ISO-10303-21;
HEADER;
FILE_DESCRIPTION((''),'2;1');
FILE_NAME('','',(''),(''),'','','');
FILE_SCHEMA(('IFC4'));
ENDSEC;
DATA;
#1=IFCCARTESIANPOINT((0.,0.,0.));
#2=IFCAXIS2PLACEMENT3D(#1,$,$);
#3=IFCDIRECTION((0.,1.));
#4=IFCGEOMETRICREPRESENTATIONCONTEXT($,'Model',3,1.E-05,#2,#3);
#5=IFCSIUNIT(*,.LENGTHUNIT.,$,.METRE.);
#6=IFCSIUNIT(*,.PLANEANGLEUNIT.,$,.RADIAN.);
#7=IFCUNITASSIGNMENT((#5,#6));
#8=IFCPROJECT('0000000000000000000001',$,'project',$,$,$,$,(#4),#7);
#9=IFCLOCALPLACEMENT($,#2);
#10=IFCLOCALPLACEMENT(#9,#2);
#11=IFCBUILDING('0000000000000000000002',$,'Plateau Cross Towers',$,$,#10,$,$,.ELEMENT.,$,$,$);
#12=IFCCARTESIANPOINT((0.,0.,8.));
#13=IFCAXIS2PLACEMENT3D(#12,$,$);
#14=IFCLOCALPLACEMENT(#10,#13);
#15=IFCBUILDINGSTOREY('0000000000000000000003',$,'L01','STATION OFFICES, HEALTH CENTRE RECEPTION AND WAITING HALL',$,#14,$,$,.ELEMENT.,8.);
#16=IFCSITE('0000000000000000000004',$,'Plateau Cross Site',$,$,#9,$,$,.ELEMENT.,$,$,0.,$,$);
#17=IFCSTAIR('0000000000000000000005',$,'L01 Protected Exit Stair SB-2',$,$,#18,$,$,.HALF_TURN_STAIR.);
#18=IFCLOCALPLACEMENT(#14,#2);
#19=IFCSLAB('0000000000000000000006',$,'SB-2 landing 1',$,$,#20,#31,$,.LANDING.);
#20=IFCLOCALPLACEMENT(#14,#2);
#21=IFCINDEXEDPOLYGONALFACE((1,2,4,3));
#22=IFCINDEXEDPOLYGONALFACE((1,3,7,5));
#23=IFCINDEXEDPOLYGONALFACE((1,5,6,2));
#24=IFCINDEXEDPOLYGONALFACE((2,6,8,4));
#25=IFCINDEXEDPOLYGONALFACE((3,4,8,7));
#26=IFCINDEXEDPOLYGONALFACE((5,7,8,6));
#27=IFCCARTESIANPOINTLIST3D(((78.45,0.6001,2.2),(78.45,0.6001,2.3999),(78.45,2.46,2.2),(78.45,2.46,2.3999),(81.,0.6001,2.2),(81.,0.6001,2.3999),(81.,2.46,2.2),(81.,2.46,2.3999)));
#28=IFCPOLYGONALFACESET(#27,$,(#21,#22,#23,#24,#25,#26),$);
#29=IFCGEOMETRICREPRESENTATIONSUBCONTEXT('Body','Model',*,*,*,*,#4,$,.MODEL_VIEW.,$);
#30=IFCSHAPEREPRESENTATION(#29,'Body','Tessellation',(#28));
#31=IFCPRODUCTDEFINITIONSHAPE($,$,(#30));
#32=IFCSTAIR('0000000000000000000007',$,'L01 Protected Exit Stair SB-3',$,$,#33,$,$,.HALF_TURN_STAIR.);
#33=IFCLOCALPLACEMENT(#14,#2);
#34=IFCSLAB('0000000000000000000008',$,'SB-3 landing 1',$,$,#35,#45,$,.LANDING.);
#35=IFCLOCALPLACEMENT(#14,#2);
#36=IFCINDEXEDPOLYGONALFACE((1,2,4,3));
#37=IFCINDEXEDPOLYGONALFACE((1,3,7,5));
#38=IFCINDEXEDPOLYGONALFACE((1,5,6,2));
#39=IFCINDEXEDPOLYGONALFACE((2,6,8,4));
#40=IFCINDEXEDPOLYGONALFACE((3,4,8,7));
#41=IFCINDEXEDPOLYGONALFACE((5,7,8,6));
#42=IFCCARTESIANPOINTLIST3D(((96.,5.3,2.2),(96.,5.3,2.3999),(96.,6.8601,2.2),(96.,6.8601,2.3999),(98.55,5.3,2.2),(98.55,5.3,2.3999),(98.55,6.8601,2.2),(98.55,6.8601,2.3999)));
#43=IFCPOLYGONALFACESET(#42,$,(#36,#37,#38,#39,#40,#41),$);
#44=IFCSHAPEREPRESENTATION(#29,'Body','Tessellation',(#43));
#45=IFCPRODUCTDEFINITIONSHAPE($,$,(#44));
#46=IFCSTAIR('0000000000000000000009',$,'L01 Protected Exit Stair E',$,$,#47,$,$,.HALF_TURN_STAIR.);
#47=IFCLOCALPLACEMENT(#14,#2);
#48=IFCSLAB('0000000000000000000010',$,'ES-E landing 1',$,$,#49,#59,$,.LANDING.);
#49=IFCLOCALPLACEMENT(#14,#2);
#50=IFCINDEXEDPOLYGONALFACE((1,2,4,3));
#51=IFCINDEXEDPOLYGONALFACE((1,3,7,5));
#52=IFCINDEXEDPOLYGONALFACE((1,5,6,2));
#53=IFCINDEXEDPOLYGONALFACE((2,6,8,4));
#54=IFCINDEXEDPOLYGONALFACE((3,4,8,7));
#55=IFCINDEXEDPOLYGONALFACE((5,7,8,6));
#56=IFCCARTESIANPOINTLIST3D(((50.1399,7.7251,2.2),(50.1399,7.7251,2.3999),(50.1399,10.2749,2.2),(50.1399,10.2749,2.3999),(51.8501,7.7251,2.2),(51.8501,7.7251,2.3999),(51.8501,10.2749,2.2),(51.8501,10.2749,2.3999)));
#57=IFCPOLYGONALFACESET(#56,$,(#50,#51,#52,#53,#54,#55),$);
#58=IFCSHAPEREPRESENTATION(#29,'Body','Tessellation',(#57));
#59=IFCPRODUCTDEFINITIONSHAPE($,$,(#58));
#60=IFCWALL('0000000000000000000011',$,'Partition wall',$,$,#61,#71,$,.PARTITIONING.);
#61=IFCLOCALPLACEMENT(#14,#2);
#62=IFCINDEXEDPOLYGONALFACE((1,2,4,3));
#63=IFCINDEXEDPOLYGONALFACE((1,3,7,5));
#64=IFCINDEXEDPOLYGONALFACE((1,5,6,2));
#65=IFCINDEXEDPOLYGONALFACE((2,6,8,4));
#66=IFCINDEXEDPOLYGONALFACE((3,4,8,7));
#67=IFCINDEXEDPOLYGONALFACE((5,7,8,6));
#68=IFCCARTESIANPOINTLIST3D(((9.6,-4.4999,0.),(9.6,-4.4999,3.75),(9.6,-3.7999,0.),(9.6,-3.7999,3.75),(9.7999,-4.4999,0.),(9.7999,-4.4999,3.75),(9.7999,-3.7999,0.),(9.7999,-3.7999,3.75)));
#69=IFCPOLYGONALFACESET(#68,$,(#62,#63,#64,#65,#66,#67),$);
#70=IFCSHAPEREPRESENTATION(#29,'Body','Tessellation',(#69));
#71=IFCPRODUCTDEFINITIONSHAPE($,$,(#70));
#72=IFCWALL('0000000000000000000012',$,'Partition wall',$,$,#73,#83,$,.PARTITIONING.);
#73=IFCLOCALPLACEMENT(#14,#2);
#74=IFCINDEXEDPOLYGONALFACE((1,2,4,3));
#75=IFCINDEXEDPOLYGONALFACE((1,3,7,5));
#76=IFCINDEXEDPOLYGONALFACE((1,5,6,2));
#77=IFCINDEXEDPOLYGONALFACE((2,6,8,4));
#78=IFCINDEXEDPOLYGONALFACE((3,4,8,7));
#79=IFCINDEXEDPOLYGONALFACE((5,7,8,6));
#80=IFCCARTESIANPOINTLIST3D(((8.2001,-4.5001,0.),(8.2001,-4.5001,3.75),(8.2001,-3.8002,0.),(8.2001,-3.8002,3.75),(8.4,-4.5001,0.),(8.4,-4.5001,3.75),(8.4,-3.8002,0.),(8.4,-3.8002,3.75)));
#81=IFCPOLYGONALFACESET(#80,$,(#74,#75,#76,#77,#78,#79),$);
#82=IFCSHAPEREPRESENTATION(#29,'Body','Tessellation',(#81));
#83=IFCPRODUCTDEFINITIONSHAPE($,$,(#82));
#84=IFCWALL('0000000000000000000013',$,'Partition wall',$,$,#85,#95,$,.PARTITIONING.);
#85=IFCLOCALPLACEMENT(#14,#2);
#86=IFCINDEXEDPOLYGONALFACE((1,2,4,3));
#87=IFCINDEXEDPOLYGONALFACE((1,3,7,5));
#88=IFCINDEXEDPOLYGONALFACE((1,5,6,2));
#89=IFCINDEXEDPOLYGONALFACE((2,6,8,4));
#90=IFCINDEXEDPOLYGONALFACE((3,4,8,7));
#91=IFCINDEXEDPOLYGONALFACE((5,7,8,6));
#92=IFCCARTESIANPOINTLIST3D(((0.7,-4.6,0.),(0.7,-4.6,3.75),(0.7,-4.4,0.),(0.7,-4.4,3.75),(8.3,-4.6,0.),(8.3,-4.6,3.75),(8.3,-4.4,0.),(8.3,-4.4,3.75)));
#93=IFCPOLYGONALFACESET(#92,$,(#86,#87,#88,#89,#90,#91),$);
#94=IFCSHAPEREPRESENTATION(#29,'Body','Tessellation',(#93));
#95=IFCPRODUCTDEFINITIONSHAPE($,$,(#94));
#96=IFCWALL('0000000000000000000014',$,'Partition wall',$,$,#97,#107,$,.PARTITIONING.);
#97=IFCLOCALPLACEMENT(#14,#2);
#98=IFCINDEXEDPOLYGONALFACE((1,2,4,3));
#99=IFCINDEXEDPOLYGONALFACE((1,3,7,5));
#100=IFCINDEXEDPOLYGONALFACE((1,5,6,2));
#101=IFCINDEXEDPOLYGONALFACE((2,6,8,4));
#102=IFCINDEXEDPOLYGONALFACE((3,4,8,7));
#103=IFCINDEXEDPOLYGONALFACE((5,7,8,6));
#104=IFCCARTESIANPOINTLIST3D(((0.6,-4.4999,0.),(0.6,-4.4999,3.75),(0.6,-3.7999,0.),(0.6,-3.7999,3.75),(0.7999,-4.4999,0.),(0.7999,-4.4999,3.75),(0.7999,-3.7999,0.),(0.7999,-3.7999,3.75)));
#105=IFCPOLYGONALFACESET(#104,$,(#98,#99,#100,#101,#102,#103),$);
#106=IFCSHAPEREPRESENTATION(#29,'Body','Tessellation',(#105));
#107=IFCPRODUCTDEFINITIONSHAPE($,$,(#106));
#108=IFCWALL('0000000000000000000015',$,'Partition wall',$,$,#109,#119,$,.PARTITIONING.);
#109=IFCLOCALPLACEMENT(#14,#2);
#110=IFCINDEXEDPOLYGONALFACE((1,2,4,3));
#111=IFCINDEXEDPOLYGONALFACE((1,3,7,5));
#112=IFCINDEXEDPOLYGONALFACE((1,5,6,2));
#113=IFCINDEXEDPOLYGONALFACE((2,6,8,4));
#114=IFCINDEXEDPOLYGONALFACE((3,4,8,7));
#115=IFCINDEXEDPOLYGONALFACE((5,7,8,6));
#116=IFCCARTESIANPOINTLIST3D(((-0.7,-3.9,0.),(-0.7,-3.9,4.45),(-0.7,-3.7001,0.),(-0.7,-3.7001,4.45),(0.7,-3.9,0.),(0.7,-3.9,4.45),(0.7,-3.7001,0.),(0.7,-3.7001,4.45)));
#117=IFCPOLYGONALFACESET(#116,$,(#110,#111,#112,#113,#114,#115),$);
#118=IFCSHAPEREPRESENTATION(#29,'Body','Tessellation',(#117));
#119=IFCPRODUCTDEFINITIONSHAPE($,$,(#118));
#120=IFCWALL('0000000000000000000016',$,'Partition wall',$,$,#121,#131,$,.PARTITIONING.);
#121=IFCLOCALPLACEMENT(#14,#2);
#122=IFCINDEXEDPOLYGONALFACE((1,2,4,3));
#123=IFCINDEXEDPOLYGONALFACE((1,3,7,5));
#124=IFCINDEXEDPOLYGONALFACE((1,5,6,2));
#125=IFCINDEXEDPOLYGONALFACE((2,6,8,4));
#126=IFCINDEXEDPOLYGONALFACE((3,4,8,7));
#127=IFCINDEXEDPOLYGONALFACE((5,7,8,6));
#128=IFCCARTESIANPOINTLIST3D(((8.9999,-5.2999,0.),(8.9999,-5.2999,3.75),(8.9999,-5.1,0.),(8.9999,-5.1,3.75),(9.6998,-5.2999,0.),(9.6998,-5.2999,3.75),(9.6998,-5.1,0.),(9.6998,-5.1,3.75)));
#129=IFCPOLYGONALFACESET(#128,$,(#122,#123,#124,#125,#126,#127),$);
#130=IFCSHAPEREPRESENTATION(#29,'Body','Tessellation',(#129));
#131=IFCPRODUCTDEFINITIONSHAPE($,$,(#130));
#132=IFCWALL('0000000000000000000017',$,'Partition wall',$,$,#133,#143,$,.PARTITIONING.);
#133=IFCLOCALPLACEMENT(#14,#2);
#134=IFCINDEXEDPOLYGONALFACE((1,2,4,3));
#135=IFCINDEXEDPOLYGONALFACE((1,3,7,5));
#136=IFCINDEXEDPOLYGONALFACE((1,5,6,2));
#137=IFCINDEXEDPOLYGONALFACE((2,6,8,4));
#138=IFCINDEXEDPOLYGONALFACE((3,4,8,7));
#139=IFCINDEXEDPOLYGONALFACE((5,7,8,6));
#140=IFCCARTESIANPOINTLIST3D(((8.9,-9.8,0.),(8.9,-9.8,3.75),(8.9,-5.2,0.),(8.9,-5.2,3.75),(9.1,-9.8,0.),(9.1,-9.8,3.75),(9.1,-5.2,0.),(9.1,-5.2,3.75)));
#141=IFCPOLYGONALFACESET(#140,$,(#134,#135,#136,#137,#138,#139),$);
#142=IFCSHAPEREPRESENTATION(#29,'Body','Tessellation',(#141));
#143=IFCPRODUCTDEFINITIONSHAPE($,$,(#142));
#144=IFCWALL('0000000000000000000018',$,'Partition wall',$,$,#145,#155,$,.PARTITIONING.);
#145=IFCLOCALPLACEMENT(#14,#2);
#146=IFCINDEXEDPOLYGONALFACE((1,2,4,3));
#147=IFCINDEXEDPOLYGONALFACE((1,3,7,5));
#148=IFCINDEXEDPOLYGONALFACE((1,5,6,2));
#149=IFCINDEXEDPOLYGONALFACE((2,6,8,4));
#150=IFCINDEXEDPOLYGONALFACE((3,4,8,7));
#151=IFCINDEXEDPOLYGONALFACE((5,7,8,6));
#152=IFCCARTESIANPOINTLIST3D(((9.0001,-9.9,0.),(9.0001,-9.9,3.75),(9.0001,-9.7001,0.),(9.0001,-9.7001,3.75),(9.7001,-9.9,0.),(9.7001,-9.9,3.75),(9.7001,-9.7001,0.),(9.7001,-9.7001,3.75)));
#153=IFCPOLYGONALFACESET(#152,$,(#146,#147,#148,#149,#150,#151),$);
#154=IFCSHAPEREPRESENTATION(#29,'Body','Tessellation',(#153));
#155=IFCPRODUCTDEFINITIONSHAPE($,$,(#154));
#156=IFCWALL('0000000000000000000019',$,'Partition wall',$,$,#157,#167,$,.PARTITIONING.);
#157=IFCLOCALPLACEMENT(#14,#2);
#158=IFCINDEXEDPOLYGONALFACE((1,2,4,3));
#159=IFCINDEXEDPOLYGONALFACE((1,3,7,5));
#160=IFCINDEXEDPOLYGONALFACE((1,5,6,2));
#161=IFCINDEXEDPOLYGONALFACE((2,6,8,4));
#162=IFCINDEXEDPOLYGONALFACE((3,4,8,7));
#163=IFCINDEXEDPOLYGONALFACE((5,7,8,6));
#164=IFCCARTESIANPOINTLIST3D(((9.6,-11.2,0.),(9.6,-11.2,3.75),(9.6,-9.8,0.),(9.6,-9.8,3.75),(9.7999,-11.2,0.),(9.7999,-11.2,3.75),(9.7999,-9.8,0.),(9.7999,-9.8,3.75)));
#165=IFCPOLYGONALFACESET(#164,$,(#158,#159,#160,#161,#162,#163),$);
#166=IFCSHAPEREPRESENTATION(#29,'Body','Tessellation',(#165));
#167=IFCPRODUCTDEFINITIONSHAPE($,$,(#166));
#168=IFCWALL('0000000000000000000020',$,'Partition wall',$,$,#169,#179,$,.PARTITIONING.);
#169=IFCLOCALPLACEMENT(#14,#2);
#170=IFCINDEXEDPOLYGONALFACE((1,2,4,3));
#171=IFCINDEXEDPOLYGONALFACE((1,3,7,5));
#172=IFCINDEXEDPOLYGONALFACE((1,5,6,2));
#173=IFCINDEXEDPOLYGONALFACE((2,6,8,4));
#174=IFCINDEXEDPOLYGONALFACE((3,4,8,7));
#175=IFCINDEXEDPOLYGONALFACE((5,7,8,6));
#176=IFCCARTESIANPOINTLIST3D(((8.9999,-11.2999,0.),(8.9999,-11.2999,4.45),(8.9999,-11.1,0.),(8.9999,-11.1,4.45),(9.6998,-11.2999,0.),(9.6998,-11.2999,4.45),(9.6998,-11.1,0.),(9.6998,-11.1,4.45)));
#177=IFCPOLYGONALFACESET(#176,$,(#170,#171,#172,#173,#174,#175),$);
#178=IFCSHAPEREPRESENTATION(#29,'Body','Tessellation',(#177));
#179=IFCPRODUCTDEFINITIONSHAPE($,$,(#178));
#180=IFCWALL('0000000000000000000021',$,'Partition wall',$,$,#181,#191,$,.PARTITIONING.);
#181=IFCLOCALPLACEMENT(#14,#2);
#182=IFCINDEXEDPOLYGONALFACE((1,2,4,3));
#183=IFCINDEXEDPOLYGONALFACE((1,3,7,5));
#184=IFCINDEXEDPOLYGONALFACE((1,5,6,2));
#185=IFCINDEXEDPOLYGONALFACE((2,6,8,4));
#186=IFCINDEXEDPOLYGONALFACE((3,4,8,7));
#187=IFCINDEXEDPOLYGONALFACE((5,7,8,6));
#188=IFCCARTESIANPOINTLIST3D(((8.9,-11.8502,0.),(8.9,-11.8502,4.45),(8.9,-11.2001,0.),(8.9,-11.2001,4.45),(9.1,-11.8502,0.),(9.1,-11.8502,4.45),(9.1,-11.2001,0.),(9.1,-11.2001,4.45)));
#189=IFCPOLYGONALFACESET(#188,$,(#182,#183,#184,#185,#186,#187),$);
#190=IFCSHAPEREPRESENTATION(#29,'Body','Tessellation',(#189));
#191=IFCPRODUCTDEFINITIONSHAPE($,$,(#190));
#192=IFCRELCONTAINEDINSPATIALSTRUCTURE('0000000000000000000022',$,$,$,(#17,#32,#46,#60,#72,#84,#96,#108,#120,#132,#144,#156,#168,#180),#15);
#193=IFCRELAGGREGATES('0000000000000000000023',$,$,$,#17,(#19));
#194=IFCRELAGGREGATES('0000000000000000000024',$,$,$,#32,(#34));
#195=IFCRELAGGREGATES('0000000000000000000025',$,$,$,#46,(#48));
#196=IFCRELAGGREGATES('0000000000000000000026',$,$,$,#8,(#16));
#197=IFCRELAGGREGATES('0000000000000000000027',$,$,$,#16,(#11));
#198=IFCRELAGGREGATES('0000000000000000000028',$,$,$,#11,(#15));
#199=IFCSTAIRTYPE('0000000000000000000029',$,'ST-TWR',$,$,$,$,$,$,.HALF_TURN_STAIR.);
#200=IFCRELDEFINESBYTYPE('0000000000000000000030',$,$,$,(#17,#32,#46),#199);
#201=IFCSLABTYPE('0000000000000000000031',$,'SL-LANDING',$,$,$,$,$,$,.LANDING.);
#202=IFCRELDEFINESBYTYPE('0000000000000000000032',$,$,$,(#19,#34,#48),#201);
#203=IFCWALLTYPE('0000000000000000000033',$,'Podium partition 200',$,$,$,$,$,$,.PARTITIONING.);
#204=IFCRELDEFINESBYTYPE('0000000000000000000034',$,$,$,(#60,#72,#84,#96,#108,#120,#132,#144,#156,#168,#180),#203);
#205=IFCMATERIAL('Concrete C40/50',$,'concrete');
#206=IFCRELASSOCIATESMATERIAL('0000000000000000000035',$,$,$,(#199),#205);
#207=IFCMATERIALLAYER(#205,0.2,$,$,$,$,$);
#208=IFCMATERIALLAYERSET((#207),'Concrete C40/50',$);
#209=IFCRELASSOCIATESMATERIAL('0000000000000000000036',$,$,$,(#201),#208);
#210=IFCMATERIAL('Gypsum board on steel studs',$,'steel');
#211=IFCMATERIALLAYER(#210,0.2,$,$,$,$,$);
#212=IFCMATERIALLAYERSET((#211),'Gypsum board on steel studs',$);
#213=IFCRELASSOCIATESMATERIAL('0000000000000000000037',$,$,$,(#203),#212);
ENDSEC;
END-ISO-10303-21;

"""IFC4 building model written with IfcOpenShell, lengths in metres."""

from ifc_helpers import new_model, si_unit, direction, frame, frame_2d, origin, place, context, subcontext, project, spatial, polyline, rectangle, outline, extrude, material, layer, layer_set, type_object, element, aggregate, save


model = new_model("IFC4")

# Units and contexts
model_context = context("Model", 3, precision=1e-05, world=origin(), true_north=direction((0.0, 1.0)))
body_context = subcontext(model_context, "Body", "Model", "MODEL_VIEW")
ifc_project = project(units=[si_unit("LENGTHUNIT", "METRE"), si_unit("PLANEANGLEUNIT", "RADIAN")], contexts=[model_context])

# Site, building, storey
site_placement = place(None, origin())
site = spatial("IfcSite", under=ifc_project, at=site_placement, Name="Plateau Cross Site", CompositionType="ELEMENT", RefElevation=0.0)
building_placement = place(site_placement, origin())
building = spatial("IfcBuilding", under=site, at=building_placement, Name="Plateau Cross Towers", CompositionType="ELEMENT")
storey_placement = place(building_placement, frame((0.0, 0.0, 8.0)))
storey = spatial("IfcBuildingStorey", under=building, at=storey_placement, Name="L01", Description="STATION OFFICES, HEALTH CENTRE RECEPTION AND WAITING HALL", CompositionType="ELEMENT", Elevation=8.0)

# Shared definitions
ifc_material_1 = material(Name="Concrete C40/50", Category="concrete")

# Stairs, slabs
stair_type = type_object("IfcStairType", Name="ST-TWR", PredefinedType="HALF_TURN_STAIR", material=ifc_material_1)
ifc_layer_1 = layer(ifc_material_1, 0.2)
ifc_layer_set_1 = layer_set([ifc_layer_1], Name="Concrete C40/50")
slab_type_1 = type_object("IfcSlabType", Name="SL-LANDING", PredefinedType="LANDING", material=ifc_layer_set_1)
stair_1_placement = place(storey_placement, origin())
stair_1 = element("IfcStair", 1, at=stair_1_placement, inside=storey, type_object=stair_type, Name="L01 Protected Exit Stair SB-2", PredefinedType="HALF_TURN_STAIR")
slab_1_placement = place(storey_placement, frame((0.0, 0.0, 2.2)))
slab_1 = element("IfcSlab", 2, at=slab_1_placement, type_object=slab_type_1, Name="SB-2 landing 1", PredefinedType="LANDING", context=body_context, shape_type="SweptSolid", body=[
    extrude(outline(polyline([(78.45, 2.46), (78.45, 0.6001), (81.0, 0.6001), (81.0, 2.46), (78.45, 2.46)])), origin(), (0.0, 0.0, 1.0), 0.2),
])
aggregate(stair_1, [slab_1])
stair_2_placement = place(storey_placement, origin())
stair_2 = element("IfcStair", 3, at=stair_2_placement, inside=storey, type_object=stair_type, Name="L01 Protected Exit Stair SB-3", PredefinedType="HALF_TURN_STAIR")
slab_2_placement = place(storey_placement, frame((0.0, 0.0, 2.2)))
slab_2 = element("IfcSlab", 4, at=slab_2_placement, type_object=slab_type_1, Name="SB-3 landing 1", PredefinedType="LANDING", context=body_context, shape_type="SweptSolid", body=[
    extrude(outline(polyline([(96.0, 6.8601), (96.0, 5.3), (98.55, 5.3), (98.55, 6.8601), (96.0, 6.8601)])), origin(), (0.0, 0.0, 1.0), 0.2),
])
aggregate(stair_2, [slab_2])
stair_3_placement = place(storey_placement, origin())
stair_3 = element("IfcStair", 5, at=stair_3_placement, inside=storey, type_object=stair_type, Name="L01 Protected Exit Stair E", PredefinedType="HALF_TURN_STAIR")
slab_3_placement = place(storey_placement, frame((0.0, 0.0, 2.2)))
slab_3 = element("IfcSlab", 6, at=slab_3_placement, type_object=slab_type_1, Name="ES-E landing 1", PredefinedType="LANDING", context=body_context, shape_type="SweptSolid", body=[
    extrude(outline(polyline([(50.1399, 7.7251), (51.8501, 7.7251), (51.8501, 10.2749), (50.1399, 10.2749), (50.1399, 7.7251)])), origin(), (0.0, 0.0, 1.0), 0.2),
])
aggregate(stair_3, [slab_3])

# Walls
ifc_material_2 = material(Name="Gypsum board on steel studs", Category="steel")
ifc_layer_2 = layer(ifc_material_2, 0.2)
ifc_layer_set_2 = layer_set([ifc_layer_2], Name="Gypsum board on steel studs")
wall_type = type_object("IfcWallType", Name="Podium partition 200", PredefinedType="PARTITIONING", material=ifc_layer_set_2)
for number, where, z_axis, x_axis, name in (
    (7, (9.7, -4.5, 0.0), (0.0, 0.0, 1.0), (0.0, 1.0, 0.0), "Partition wall"),
    (8, (8.3, -3.8, 0.0), (0.0, 0.0, 1.0), (0.0, -1.0, 0.0), "Partition wall"),
):
    element("IfcWall", number, at=place(storey_placement, frame(where, z_axis=z_axis, x_axis=x_axis)), inside=storey, type_object=wall_type, Name=name, PredefinedType="PARTITIONING", context=body_context, shape_type="SweptSolid", body=[
        extrude(rectangle(XDim=0.7, YDim=0.2, at=frame_2d((0.3501, 0.0))), origin(), (0.0, 0.0, 1.0), 3.75),
    ])
wall_1_placement = place(storey_placement, frame((8.3, -4.5, 0.0), z_axis=(0.0, 0.0, 1.0), x_axis=(-1.0, 0.0, 0.0)))
element("IfcWall", 9, at=wall_1_placement, inside=storey, type_object=wall_type, Name="Partition wall", PredefinedType="PARTITIONING", context=body_context, shape_type="SweptSolid", body=[
    extrude(rectangle(XDim=7.6001, YDim=0.2, at=frame_2d((3.8, 0.0))), origin(), (0.0, 0.0, 1.0), 3.75),
])
wall_2_placement = place(storey_placement, frame((0.7, -4.5, 0.0), z_axis=(0.0, 0.0, 1.0), x_axis=(0.0, 1.0, 0.0)))
element("IfcWall", 10, at=wall_2_placement, inside=storey, type_object=wall_type, Name="Partition wall", PredefinedType="PARTITIONING", context=body_context, shape_type="SweptSolid", body=[
    extrude(rectangle(XDim=0.7, YDim=0.2, at=frame_2d((0.3501, 0.0))), origin(), (0.0, 0.0, 1.0), 3.75),
])
wall_3_placement = place(storey_placement, frame((0.7, -3.8, 0.0), z_axis=(0.0, 0.0, 1.0), x_axis=(-1.0, 0.0, 0.0)))
element("IfcWall", 11, at=wall_3_placement, inside=storey, type_object=wall_type, Name="Partition wall", PredefinedType="PARTITIONING", context=body_context, shape_type="SweptSolid", body=[
    extrude(rectangle(XDim=1.3999, YDim=0.2, at=frame_2d((0.7, 0.0))), origin(), (0.0, 0.0, 1.0), 4.45),
])
wall_4_placement = place(storey_placement, frame((9.7, -5.2, 0.0), z_axis=(0.0, 0.0, 1.0), x_axis=(-1.0, 0.0, 0.0)))
element("IfcWall", 12, at=wall_4_placement, inside=storey, type_object=wall_type, Name="Partition wall", PredefinedType="PARTITIONING", context=body_context, shape_type="SweptSolid", body=[
    extrude(rectangle(XDim=0.7, YDim=0.2, at=frame_2d((0.3501, 0.0))), origin(), (0.0, 0.0, 1.0), 3.75),
])
wall_5_placement = place(storey_placement, frame((9.0, -5.2, 0.0), z_axis=(0.0, 0.0, 1.0), x_axis=(0.0, -1.0, 0.0)))
element("IfcWall", 13, at=wall_5_placement, inside=storey, type_object=wall_type, Name="Partition wall", PredefinedType="PARTITIONING", context=body_context, shape_type="SweptSolid", body=[
    extrude(rectangle(XDim=4.6001, YDim=0.2, at=frame_2d((2.3, 0.0))), origin(), (0.0, 0.0, 1.0), 3.75),
])
wall_6_placement = place(storey_placement, frame((9.0, -9.8, 0.0), z_axis=(0.0, 0.0, 1.0), x_axis=(1.0, 0.0, 0.0)))
element("IfcWall", 14, at=wall_6_placement, inside=storey, type_object=wall_type, Name="Partition wall", PredefinedType="PARTITIONING", context=body_context, shape_type="SweptSolid", body=[
    extrude(rectangle(XDim=0.7, YDim=0.2, at=frame_2d((0.3501, 0.0))), origin(), (0.0, 0.0, 1.0), 3.75),
])
wall_7_placement = place(storey_placement, frame((9.7, -9.8, 0.0), z_axis=(0.0, 0.0, 1.0), x_axis=(0.0, -1.0, 0.0)))
element("IfcWall", 15, at=wall_7_placement, inside=storey, type_object=wall_type, Name="Partition wall", PredefinedType="PARTITIONING", context=body_context, shape_type="SweptSolid", body=[
    extrude(rectangle(XDim=1.3999, YDim=0.2, at=frame_2d((0.7, 0.0))), origin(), (0.0, 0.0, 1.0), 3.75),
])
wall_8_placement = place(storey_placement, frame((9.7, -11.2, 0.0), z_axis=(0.0, 0.0, 1.0), x_axis=(-1.0, 0.0, 0.0)))
element("IfcWall", 16, at=wall_8_placement, inside=storey, type_object=wall_type, Name="Partition wall", PredefinedType="PARTITIONING", context=body_context, shape_type="SweptSolid", body=[
    extrude(rectangle(XDim=0.7, YDim=0.2, at=frame_2d((0.3501, 0.0))), origin(), (0.0, 0.0, 1.0), 4.45),
])
wall_9_placement = place(storey_placement, frame((9.0, -11.2, 0.0), z_axis=(0.0, 0.0, 1.0), x_axis=(0.0, -1.0, 0.0)))
element("IfcWall", 17, at=wall_9_placement, inside=storey, type_object=wall_type, Name="Partition wall", PredefinedType="PARTITIONING", context=body_context, shape_type="SweptSolid", body=[
    extrude(rectangle(XDim=0.6501, YDim=0.2, at=frame_2d((0.3252, 0.0))), origin(), (0.0, 0.0, 1.0), 4.45),
])

save(model, "model.ifc")
